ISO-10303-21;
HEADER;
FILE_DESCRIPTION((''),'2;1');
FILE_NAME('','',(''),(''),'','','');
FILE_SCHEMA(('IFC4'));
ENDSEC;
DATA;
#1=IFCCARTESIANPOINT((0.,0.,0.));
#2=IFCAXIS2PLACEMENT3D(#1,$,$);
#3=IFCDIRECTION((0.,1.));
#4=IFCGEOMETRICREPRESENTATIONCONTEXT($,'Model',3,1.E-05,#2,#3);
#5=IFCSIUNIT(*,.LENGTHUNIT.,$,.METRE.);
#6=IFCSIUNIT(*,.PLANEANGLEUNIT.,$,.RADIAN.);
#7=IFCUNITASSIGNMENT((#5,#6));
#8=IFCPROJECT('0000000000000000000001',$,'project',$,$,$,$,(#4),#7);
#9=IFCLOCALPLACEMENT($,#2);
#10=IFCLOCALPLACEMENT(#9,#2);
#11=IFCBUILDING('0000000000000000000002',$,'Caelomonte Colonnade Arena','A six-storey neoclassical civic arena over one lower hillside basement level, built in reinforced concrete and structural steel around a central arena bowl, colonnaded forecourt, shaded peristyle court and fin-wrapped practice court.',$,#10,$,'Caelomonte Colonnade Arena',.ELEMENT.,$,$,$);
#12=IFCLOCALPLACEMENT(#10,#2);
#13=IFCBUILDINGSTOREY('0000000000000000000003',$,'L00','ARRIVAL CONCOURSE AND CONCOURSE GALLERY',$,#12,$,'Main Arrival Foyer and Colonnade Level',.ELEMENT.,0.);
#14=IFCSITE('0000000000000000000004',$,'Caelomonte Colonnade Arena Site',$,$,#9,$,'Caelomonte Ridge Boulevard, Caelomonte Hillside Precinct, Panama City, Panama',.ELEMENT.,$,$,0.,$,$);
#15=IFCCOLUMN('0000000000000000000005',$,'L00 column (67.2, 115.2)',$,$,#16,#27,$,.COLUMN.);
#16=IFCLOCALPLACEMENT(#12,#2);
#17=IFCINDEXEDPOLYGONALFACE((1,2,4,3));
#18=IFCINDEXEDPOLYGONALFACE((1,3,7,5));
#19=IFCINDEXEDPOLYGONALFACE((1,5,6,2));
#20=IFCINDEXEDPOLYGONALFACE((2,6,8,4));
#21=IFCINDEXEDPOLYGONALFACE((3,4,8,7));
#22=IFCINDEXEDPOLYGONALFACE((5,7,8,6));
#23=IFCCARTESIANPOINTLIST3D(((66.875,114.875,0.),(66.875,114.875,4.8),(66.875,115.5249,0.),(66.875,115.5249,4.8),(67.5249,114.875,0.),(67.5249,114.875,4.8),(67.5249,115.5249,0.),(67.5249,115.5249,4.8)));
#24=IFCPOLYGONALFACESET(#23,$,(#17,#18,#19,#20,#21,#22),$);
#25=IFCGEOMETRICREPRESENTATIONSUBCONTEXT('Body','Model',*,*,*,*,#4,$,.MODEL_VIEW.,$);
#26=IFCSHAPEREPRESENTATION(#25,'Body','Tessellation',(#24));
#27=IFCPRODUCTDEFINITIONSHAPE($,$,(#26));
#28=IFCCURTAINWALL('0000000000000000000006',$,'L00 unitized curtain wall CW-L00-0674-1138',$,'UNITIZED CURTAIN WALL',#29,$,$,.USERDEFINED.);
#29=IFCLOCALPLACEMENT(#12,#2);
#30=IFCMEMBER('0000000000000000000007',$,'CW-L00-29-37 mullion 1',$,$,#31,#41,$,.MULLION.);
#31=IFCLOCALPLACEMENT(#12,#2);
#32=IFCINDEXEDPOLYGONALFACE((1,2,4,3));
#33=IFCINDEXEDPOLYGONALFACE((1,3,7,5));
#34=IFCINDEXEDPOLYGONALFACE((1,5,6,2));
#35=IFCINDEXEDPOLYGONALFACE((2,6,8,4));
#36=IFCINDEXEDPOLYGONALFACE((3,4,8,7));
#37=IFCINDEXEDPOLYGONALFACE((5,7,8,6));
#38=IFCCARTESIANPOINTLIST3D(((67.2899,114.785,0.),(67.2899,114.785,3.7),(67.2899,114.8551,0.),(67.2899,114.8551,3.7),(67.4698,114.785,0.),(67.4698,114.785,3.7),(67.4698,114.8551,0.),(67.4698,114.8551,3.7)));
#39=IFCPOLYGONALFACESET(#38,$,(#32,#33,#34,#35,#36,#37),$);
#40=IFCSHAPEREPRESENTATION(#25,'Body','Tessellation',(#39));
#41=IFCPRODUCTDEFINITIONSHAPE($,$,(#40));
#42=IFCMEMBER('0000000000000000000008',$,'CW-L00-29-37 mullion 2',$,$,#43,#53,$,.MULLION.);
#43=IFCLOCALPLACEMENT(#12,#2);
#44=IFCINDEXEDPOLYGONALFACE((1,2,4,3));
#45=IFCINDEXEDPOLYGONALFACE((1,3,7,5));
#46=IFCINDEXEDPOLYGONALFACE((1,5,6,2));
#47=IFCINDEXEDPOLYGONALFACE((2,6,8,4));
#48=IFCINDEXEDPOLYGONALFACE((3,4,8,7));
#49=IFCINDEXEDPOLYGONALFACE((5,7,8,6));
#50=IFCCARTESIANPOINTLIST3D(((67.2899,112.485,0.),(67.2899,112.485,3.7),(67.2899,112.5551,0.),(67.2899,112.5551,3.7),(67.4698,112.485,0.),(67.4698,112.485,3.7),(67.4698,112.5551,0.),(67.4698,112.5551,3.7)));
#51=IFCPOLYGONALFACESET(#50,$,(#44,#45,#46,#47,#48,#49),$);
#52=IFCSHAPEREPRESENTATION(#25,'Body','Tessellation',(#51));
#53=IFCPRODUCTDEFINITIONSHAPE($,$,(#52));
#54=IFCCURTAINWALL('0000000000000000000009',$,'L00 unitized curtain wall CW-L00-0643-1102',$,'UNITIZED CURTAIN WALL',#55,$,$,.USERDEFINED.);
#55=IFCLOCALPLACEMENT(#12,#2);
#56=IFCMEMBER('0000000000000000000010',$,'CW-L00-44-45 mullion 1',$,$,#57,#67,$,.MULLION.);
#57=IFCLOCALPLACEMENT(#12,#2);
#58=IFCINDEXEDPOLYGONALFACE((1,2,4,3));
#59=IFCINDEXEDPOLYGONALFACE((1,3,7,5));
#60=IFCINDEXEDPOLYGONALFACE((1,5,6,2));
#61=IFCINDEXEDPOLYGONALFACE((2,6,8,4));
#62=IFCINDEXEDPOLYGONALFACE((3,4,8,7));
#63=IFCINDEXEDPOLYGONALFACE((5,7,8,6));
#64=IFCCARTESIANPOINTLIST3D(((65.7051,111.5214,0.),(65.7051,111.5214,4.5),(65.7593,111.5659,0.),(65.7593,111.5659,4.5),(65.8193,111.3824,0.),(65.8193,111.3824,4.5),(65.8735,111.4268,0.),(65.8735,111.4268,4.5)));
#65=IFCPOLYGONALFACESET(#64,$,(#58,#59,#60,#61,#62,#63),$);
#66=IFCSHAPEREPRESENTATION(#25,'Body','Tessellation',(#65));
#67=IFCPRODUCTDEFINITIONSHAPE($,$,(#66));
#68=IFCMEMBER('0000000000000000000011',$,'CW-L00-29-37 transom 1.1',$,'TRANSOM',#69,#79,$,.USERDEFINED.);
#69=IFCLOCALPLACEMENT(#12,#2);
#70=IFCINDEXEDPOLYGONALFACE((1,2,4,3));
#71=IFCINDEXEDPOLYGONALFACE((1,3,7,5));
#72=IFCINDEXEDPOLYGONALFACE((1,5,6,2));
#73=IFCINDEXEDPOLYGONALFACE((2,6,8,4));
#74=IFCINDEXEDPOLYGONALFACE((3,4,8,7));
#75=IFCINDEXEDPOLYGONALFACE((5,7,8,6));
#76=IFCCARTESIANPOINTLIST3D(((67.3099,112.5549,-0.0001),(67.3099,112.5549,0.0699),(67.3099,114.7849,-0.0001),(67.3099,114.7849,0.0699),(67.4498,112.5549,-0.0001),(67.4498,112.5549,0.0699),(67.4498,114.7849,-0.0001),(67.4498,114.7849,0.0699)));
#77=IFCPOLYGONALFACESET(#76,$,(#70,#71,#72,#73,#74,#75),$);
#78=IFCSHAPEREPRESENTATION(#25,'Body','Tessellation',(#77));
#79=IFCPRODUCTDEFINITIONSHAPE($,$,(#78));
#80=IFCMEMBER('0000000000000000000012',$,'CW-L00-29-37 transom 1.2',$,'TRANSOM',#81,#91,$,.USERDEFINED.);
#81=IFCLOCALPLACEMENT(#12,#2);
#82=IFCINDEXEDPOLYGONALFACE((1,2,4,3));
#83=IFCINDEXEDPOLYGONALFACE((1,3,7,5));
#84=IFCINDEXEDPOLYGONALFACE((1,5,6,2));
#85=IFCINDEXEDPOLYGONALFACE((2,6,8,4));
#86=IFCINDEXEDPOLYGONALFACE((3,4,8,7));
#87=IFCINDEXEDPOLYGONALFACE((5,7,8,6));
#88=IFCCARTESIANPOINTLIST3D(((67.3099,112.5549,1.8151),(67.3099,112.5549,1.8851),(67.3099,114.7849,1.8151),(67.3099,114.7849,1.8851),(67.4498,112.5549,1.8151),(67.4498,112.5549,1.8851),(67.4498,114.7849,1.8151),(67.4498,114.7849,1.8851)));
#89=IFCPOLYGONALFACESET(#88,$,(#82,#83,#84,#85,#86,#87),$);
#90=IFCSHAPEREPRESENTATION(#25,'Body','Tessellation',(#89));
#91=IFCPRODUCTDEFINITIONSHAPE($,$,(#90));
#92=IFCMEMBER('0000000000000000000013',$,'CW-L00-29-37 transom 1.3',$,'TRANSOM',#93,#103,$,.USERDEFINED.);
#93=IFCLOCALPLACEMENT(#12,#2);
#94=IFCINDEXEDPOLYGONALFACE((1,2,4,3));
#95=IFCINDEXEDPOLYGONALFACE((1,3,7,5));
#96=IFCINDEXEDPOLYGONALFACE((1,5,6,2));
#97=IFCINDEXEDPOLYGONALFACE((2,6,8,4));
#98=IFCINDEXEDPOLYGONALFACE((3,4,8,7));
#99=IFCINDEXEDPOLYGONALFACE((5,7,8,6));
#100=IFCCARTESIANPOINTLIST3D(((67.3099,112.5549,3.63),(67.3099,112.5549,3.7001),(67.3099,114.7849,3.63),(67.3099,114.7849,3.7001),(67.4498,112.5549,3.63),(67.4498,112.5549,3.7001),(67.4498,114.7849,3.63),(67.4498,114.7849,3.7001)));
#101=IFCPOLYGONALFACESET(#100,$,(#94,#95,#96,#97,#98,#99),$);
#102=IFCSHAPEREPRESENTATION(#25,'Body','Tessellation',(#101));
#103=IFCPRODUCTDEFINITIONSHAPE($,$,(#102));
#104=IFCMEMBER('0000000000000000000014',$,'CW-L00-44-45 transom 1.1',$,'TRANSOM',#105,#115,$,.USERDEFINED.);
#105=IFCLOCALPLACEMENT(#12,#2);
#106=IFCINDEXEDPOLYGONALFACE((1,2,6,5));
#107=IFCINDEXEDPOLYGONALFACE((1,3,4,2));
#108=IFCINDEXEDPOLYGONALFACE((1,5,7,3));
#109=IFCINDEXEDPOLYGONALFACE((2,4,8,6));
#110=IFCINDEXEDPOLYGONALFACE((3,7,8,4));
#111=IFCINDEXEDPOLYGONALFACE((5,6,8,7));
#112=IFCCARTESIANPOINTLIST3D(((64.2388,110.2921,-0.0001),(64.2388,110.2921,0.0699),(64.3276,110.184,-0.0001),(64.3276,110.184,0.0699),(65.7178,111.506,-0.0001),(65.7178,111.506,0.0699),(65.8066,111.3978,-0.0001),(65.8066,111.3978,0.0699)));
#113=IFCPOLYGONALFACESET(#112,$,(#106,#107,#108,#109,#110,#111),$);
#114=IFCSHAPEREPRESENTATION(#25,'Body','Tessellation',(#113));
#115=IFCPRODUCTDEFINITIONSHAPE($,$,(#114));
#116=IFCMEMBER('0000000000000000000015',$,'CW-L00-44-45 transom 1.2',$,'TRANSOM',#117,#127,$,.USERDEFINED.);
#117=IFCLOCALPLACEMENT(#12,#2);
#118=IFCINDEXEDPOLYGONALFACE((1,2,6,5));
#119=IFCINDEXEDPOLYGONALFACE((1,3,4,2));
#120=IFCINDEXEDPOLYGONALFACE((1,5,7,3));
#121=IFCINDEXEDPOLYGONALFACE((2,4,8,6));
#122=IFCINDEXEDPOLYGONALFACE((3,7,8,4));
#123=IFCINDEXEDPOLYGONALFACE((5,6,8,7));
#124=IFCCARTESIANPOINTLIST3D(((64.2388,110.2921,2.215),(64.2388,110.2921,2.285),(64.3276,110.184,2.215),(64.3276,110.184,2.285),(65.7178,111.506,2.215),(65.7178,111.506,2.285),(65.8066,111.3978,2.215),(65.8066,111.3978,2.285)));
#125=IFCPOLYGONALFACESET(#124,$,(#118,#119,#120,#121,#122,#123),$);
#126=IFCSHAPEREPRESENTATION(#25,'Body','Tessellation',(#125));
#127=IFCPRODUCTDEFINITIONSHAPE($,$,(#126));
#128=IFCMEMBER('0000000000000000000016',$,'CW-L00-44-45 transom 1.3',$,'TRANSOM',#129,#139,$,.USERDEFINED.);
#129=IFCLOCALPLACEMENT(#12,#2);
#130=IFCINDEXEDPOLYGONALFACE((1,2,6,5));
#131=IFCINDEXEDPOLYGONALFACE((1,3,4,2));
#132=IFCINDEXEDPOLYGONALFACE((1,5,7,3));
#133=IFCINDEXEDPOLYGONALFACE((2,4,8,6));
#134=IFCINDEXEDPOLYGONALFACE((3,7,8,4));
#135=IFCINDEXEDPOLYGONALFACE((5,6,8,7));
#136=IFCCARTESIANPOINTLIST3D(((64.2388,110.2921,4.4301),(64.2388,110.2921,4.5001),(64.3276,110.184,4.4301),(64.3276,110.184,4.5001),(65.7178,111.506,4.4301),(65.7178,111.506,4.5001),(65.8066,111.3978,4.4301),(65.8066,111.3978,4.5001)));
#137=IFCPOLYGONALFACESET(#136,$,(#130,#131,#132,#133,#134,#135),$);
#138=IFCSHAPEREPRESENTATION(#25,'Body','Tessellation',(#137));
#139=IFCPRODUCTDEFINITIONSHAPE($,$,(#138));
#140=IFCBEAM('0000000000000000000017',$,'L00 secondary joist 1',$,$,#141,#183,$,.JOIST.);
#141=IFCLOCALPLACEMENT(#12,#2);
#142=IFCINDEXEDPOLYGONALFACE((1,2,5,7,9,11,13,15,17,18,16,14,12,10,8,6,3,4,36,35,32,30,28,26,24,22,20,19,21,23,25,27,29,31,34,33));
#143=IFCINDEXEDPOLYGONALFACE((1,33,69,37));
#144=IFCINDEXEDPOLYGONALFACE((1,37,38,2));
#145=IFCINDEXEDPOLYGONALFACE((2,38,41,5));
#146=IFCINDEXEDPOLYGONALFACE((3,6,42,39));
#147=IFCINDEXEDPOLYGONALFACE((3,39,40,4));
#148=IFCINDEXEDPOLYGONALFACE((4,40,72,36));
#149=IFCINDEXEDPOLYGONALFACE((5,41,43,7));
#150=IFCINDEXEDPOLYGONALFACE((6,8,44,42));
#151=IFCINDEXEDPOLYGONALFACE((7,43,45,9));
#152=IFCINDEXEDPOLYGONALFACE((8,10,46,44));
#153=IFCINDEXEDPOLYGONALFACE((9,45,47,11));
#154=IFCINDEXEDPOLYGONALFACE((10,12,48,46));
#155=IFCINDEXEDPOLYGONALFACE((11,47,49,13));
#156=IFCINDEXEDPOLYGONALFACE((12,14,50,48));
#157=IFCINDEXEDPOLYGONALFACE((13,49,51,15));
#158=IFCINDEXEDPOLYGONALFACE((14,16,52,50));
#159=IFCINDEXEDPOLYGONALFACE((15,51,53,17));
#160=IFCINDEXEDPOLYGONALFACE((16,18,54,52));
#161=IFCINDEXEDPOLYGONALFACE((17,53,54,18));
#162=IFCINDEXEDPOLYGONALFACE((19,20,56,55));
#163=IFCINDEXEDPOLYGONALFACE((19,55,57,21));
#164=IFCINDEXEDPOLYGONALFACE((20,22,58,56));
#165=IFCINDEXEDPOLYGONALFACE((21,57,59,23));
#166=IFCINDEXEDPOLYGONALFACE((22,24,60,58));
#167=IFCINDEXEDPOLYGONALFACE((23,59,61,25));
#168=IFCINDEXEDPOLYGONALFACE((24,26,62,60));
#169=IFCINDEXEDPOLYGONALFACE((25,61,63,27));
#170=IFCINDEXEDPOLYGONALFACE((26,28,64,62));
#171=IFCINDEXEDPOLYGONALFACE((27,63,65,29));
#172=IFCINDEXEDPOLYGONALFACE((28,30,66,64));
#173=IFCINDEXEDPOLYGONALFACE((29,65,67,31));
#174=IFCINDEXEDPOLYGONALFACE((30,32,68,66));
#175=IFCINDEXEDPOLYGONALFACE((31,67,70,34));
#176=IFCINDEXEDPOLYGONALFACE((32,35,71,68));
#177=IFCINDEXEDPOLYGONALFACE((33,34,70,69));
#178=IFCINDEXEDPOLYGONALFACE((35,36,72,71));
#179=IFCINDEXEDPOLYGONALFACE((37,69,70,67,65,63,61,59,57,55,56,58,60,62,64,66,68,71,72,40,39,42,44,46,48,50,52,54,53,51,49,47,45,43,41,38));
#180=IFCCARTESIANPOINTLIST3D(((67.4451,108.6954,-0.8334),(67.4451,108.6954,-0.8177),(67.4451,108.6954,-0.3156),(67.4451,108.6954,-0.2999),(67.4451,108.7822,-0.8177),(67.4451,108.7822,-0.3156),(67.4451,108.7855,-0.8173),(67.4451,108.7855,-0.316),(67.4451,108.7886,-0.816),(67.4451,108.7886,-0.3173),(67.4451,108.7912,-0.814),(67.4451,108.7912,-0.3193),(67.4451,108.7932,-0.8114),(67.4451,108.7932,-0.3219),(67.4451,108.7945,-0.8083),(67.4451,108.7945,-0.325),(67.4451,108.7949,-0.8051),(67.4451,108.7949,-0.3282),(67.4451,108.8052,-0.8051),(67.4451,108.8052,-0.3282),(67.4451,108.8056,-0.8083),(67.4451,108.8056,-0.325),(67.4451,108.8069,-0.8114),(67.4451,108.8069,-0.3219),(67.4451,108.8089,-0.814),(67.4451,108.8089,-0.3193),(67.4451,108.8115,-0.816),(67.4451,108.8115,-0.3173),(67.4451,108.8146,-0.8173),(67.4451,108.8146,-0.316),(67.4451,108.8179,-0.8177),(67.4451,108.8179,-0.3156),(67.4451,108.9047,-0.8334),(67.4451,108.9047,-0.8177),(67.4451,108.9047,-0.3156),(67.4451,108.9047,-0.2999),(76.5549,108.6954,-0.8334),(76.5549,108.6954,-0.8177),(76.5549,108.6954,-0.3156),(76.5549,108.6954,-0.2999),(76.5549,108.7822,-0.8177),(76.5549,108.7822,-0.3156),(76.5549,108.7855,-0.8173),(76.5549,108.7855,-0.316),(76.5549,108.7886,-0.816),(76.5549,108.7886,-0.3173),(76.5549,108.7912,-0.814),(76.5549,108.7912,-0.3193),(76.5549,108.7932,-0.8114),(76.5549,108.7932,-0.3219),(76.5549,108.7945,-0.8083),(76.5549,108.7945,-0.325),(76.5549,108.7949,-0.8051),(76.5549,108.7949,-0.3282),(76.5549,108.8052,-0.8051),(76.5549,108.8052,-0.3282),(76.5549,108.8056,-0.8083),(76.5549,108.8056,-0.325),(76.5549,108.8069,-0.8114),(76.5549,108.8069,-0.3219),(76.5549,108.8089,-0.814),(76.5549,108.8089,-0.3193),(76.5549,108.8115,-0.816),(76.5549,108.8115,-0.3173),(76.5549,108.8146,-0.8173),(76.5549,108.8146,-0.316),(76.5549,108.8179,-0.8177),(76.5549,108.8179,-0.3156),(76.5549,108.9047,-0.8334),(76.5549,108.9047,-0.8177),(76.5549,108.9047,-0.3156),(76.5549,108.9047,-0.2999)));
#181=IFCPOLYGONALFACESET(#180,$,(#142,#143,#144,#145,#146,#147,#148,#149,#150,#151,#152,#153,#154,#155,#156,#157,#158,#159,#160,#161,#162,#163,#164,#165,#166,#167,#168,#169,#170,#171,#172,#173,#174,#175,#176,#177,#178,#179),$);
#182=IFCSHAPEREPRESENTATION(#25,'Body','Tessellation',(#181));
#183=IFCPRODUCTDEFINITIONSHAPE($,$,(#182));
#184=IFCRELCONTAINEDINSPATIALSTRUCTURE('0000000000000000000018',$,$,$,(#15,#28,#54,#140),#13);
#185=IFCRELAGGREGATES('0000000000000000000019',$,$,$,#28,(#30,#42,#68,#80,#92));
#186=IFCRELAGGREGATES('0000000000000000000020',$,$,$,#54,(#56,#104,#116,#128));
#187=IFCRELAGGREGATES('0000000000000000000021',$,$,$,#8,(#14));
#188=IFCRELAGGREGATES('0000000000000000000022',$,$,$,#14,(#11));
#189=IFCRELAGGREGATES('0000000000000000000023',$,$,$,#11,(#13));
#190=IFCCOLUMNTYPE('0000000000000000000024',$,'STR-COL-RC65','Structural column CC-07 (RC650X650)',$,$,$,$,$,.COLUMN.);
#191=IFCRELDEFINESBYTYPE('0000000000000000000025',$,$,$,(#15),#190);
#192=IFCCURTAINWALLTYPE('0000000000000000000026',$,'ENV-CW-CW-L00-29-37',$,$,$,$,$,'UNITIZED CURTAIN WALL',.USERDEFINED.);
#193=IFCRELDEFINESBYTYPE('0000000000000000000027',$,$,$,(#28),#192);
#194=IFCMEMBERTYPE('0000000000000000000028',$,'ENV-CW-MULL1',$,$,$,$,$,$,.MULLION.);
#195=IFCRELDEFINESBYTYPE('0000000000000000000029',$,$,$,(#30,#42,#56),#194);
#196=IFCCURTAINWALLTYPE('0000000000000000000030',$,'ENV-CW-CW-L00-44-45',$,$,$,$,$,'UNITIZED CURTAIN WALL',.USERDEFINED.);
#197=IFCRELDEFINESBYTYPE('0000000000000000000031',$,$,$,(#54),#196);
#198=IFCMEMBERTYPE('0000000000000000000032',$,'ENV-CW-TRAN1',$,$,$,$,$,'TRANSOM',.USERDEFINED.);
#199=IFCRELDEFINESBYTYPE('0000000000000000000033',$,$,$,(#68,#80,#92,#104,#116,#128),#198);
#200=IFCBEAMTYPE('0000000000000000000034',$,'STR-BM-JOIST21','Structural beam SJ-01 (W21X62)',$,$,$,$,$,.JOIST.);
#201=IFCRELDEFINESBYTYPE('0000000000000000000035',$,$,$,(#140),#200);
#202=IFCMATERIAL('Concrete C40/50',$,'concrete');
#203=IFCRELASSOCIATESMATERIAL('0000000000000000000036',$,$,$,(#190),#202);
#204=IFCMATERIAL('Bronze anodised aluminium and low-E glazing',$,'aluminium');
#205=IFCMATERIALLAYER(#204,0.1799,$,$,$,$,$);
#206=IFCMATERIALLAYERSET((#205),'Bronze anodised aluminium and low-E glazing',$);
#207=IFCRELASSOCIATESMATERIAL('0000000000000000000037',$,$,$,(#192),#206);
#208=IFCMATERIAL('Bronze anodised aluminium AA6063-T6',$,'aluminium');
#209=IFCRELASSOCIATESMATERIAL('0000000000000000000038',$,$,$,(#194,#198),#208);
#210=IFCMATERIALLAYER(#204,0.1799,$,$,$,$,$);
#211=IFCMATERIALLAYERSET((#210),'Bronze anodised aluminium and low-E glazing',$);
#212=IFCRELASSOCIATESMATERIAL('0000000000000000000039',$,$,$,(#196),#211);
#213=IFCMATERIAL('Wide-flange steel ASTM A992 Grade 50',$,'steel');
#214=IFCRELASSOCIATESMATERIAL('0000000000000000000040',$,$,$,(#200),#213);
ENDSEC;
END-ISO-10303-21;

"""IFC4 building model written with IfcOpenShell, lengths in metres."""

from ifc_helpers import new_model, si_unit, direction, frame, origin, origin_2d, place, context, subcontext, project, spatial, rectangle, i_section, extrude, material, layer, layer_set, material_profile, profile_set, type_object, element, aggregate, save


model = new_model("IFC4")

# Units and contexts
model_context = context("Model", 3, precision=1e-05, world=origin(), true_north=direction((0.0, 1.0)))
body_context = subcontext(model_context, "Body", "Model", "MODEL_VIEW")
ifc_project = project(units=[si_unit("LENGTHUNIT", "METRE"), si_unit("PLANEANGLEUNIT", "RADIAN")], contexts=[model_context])

# Site, building, storey
site_placement = place(None, origin())
site = spatial("IfcSite", under=ifc_project, at=site_placement, Name="Caelomonte Colonnade Arena Site", LongName="Caelomonte Ridge Boulevard, Caelomonte Hillside Precinct, Panama City, Panama", CompositionType="ELEMENT", RefElevation=0.0)
building_placement = place(site_placement, origin())
building = spatial("IfcBuilding", under=site, at=building_placement, Name="Caelomonte Colonnade Arena", Description="A six-storey neoclassical civic arena over one lower hillside basement level, built in reinforced concrete and structural steel around a central arena bowl, colonnaded forecourt, shaded peristyle court and fin-wrapped practice court.", LongName="Caelomonte Colonnade Arena", CompositionType="ELEMENT")
storey_placement = place(building_placement, origin())
storey = spatial("IfcBuildingStorey", under=building, at=storey_placement, Name="L00", Description="ARRIVAL CONCOURSE AND CONCOURSE GALLERY", LongName="Main Arrival Foyer and Colonnade Level", CompositionType="ELEMENT", Elevation=0.0)

# Column
ifc_material_1 = material(Name="Concrete C40/50", Category="concrete")
ifc_material_profile_1 = material_profile(ifc_material_1, rectangle(XDim=0.6499, YDim=0.6499, at=origin_2d()), Name="RC650X650")
ifc_profile_set_1 = profile_set([ifc_material_profile_1], Name="Concrete C40/50")
column_type = type_object("IfcColumnType", Name="STR-COL-RC65", Description="Structural column CC-07 (RC650X650)", PredefinedType="COLUMN", material=ifc_profile_set_1)
column_placement = place(storey_placement, frame((67.2, 115.2, 0.0), z_axis=(0.0, 0.0, 1.0), x_axis=(1.0, 0.0, 0.0)))
element("IfcColumn", 1, at=column_placement, inside=storey, type_object=column_type, Name="L00 column (67.2, 115.2)", PredefinedType="COLUMN", context=body_context, shape_type="SweptSolid", body=[
    extrude(rectangle(XDim=0.6499, YDim=0.6499, at=origin_2d()), origin(), (0.0, 0.0, 1.0), 4.8),
])

# Curtain wall, members
ifc_material_2 = material(Name="Bronze anodised aluminium and low-E glazing", Category="aluminium")
ifc_layer_1 = layer(ifc_material_2, 0.1799)
ifc_layer_set_1 = layer_set([ifc_layer_1], Name="Bronze anodised aluminium and low-E glazing")
curtain_wall_type_1 = type_object("IfcCurtainWallType", Name="ENV-CW-CW-L00-29-37", ElementType="UNITIZED CURTAIN WALL", PredefinedType="USERDEFINED", material=ifc_layer_set_1)
curtain_wall_1_placement = place(storey_placement, origin())
curtain_wall_1 = element("IfcCurtainWall", 2, at=curtain_wall_1_placement, inside=storey, type_object=curtain_wall_type_1, Name="L00 unitized curtain wall CW-L00-0674-1138", ObjectType="UNITIZED CURTAIN WALL", PredefinedType="USERDEFINED")
ifc_material_3 = material(Name="Bronze anodised aluminium AA6063-T6", Category="aluminium")
ifc_material_profile_2 = material_profile(ifc_material_3, rectangle(XDim=0.0701, YDim=0.1799, at=origin_2d()), Name="CWM-70X180")
ifc_profile_set_2 = profile_set([ifc_material_profile_2], Name="Bronze anodised aluminium AA6063-T6")
member_type_1 = type_object("IfcMemberType", Name="ENV-CW-MULL1", PredefinedType="MULLION", material=ifc_profile_set_2)
member_1_placement = place(storey_placement, frame((67.3799, 114.8201, 0.0), z_axis=(0.0, 0.0, 1.0), x_axis=(0.0, -1.0, 0.0)))
member_1 = element("IfcMember", 3, at=member_1_placement, type_object=member_type_1, Name="CW-L00-29-37 mullion 1", PredefinedType="MULLION", context=body_context, shape_type="SweptSolid", body=[
    extrude(rectangle(XDim=0.0701, YDim=0.1799, at=origin_2d()), origin(), (0.0, 0.0, 1.0), 3.7),
])
member_2_placement = place(storey_placement, frame((67.3799, 112.52, 0.0), z_axis=(0.0, 0.0, 1.0), x_axis=(0.0, -1.0, 0.0)))
member_2 = element("IfcMember", 4, at=member_2_placement, type_object=member_type_1, Name="CW-L00-29-37 mullion 2", PredefinedType="MULLION", context=body_context, shape_type="SweptSolid", body=[
    extrude(rectangle(XDim=0.0701, YDim=0.1799, at=origin_2d()), origin(), (0.0, 0.0, 1.0), 3.7),
])

# Curtain wall, member
ifc_layer_2 = layer(ifc_material_2, 0.1799)
ifc_layer_set_2 = layer_set([ifc_layer_2], Name="Bronze anodised aluminium and low-E glazing")
curtain_wall_type_2 = type_object("IfcCurtainWallType", Name="ENV-CW-CW-L00-44-45", ElementType="UNITIZED CURTAIN WALL", PredefinedType="USERDEFINED", material=ifc_layer_set_2)
curtain_wall_2_placement = place(storey_placement, origin())
curtain_wall_2 = element("IfcCurtainWall", 5, at=curtain_wall_2_placement, inside=storey, type_object=curtain_wall_type_2, Name="L00 unitized curtain wall CW-L00-0643-1102", ObjectType="UNITIZED CURTAIN WALL", PredefinedType="USERDEFINED")
member_3_placement = place(storey_placement, frame((65.7893, 111.4741, 0.0), z_axis=(0.0, 0.0, 1.0), x_axis=(-0.772992, -0.634416, 0.0)))
member_3 = element("IfcMember", 6, at=member_3_placement, type_object=member_type_1, Name="CW-L00-44-45 mullion 1", PredefinedType="MULLION", context=body_context, shape_type="SweptSolid", body=[
    extrude(rectangle(XDim=0.0701, YDim=0.1799, at=origin_2d()), origin(), (0.0, 0.0, 1.0), 4.5),
])

# Members
ifc_material_profile_3 = material_profile(ifc_material_3, rectangle(XDim=0.0701, YDim=0.1399, at=origin_2d()), Name="CWT-70X140")
ifc_profile_set_3 = profile_set([ifc_material_profile_3], Name="Bronze anodised aluminium AA6063-T6")
member_type_2 = type_object("IfcMemberType", Name="ENV-CW-TRAN1", ElementType="TRANSOM", PredefinedType="USERDEFINED", material=ifc_profile_set_3)
member_4_placement = place(storey_placement, frame((67.3799, 114.7849, 0.0349), z_axis=(0.0, -1.0, 0.0), x_axis=(0.0, 0.0, 1.0)))
member_4 = element("IfcMember", 7, at=member_4_placement, type_object=member_type_2, Name="CW-L00-29-37 transom 1.1", ObjectType="TRANSOM", PredefinedType="USERDEFINED", context=body_context, shape_type="SweptSolid", body=[
    extrude(rectangle(XDim=0.0701, YDim=0.1399, at=origin_2d()), origin(), (0.0, 0.0, 1.0), 2.23),
])
member_5_placement = place(storey_placement, frame((67.3799, 114.7849, 1.8501), z_axis=(0.0, -1.0, 0.0), x_axis=(0.0, 0.0, 1.0)))
member_5 = element("IfcMember", 8, at=member_5_placement, type_object=member_type_2, Name="CW-L00-29-37 transom 1.2", ObjectType="TRANSOM", PredefinedType="USERDEFINED", context=body_context, shape_type="SweptSolid", body=[
    extrude(rectangle(XDim=0.0701, YDim=0.1399, at=origin_2d()), origin(), (0.0, 0.0, 1.0), 2.23),
])
member_6_placement = place(storey_placement, frame((67.3799, 114.7849, 3.665), z_axis=(0.0, -1.0, 0.0), x_axis=(0.0, 0.0, 1.0)))
member_6 = element("IfcMember", 9, at=member_6_placement, type_object=member_type_2, Name="CW-L00-29-37 transom 1.3", ObjectType="TRANSOM", PredefinedType="USERDEFINED", context=body_context, shape_type="SweptSolid", body=[
    extrude(rectangle(XDim=0.0701, YDim=0.1399, at=origin_2d()), origin(), (0.0, 0.0, 1.0), 2.23),
])
member_7_placement = place(storey_placement, frame((65.7622, 111.4519, 0.0349), z_axis=(-0.77299, -0.634418, 0.0), x_axis=(0.0, 0.0, 1.0)))
member_7 = element("IfcMember", 10, at=member_7_placement, type_object=member_type_2, Name="CW-L00-44-45 transom 1.1", ObjectType="TRANSOM", PredefinedType="USERDEFINED", context=body_context, shape_type="SweptSolid", body=[
    extrude(rectangle(XDim=0.0701, YDim=0.1399, at=origin_2d()), origin(), (0.0, 0.0, 1.0), 1.9133),
])
member_8_placement = place(storey_placement, frame((65.7622, 111.4519, 2.25), z_axis=(-0.77299, -0.634418, 0.0), x_axis=(0.0, 0.0, 1.0)))
member_8 = element("IfcMember", 11, at=member_8_placement, type_object=member_type_2, Name="CW-L00-44-45 transom 1.2", ObjectType="TRANSOM", PredefinedType="USERDEFINED", context=body_context, shape_type="SweptSolid", body=[
    extrude(rectangle(XDim=0.0701, YDim=0.1399, at=origin_2d()), origin(), (0.0, 0.0, 1.0), 1.9133),
])
member_9_placement = place(storey_placement, frame((65.7622, 111.4519, 4.4651), z_axis=(-0.77299, -0.634418, 0.0), x_axis=(0.0, 0.0, 1.0)))
member_9 = element("IfcMember", 12, at=member_9_placement, type_object=member_type_2, Name="CW-L00-44-45 transom 1.3", ObjectType="TRANSOM", PredefinedType="USERDEFINED", context=body_context, shape_type="SweptSolid", body=[
    extrude(rectangle(XDim=0.0701, YDim=0.1399, at=origin_2d()), origin(), (0.0, 0.0, 1.0), 1.9133),
])

# Beam
ifc_material_4 = material(Name="Wide-flange steel ASTM A992 Grade 50", Category="steel")
ifc_material_profile_4 = material_profile(ifc_material_4, i_section(OverallWidth=0.2092, OverallDepth=0.5334, WebThickness=0.0103, FlangeThickness=0.0156, FilletRadius=0.0127, at=origin_2d()), Name="W21X62")
ifc_profile_set_4 = profile_set([ifc_material_profile_4], Name="Wide-flange steel ASTM A992 Grade 50")
beam_type_1 = type_object("IfcBeamType", Name="STR-BM-JOIST21", Description="Structural beam SJ-01 (W21X62)", PredefinedType="JOIST", material=ifc_profile_set_4)
beam_1_placement = place(storey_placement, frame((67.4451, 108.8, -0.5667), z_axis=(1.0, 0.0, 0.0), x_axis=(0.0, 1.0, 0.0)))
element("IfcBeam", 13, at=beam_1_placement, inside=storey, type_object=beam_type_1, Name="L00 secondary joist 1", PredefinedType="JOIST", context=body_context, shape_type="SweptSolid", body=[
    extrude(i_section(OverallWidth=0.2092, OverallDepth=0.5334, WebThickness=0.0103, FlangeThickness=0.0156, FilletRadius=0.0127, at=origin_2d()), origin(), (0.0, 0.0, 1.0), 9.1099),
])

aggregate(curtain_wall_1, [member_1, member_2, member_4, member_5, member_6])
aggregate(curtain_wall_2, [member_3, member_7, member_8, member_9])

save(model, "model.ifc")
